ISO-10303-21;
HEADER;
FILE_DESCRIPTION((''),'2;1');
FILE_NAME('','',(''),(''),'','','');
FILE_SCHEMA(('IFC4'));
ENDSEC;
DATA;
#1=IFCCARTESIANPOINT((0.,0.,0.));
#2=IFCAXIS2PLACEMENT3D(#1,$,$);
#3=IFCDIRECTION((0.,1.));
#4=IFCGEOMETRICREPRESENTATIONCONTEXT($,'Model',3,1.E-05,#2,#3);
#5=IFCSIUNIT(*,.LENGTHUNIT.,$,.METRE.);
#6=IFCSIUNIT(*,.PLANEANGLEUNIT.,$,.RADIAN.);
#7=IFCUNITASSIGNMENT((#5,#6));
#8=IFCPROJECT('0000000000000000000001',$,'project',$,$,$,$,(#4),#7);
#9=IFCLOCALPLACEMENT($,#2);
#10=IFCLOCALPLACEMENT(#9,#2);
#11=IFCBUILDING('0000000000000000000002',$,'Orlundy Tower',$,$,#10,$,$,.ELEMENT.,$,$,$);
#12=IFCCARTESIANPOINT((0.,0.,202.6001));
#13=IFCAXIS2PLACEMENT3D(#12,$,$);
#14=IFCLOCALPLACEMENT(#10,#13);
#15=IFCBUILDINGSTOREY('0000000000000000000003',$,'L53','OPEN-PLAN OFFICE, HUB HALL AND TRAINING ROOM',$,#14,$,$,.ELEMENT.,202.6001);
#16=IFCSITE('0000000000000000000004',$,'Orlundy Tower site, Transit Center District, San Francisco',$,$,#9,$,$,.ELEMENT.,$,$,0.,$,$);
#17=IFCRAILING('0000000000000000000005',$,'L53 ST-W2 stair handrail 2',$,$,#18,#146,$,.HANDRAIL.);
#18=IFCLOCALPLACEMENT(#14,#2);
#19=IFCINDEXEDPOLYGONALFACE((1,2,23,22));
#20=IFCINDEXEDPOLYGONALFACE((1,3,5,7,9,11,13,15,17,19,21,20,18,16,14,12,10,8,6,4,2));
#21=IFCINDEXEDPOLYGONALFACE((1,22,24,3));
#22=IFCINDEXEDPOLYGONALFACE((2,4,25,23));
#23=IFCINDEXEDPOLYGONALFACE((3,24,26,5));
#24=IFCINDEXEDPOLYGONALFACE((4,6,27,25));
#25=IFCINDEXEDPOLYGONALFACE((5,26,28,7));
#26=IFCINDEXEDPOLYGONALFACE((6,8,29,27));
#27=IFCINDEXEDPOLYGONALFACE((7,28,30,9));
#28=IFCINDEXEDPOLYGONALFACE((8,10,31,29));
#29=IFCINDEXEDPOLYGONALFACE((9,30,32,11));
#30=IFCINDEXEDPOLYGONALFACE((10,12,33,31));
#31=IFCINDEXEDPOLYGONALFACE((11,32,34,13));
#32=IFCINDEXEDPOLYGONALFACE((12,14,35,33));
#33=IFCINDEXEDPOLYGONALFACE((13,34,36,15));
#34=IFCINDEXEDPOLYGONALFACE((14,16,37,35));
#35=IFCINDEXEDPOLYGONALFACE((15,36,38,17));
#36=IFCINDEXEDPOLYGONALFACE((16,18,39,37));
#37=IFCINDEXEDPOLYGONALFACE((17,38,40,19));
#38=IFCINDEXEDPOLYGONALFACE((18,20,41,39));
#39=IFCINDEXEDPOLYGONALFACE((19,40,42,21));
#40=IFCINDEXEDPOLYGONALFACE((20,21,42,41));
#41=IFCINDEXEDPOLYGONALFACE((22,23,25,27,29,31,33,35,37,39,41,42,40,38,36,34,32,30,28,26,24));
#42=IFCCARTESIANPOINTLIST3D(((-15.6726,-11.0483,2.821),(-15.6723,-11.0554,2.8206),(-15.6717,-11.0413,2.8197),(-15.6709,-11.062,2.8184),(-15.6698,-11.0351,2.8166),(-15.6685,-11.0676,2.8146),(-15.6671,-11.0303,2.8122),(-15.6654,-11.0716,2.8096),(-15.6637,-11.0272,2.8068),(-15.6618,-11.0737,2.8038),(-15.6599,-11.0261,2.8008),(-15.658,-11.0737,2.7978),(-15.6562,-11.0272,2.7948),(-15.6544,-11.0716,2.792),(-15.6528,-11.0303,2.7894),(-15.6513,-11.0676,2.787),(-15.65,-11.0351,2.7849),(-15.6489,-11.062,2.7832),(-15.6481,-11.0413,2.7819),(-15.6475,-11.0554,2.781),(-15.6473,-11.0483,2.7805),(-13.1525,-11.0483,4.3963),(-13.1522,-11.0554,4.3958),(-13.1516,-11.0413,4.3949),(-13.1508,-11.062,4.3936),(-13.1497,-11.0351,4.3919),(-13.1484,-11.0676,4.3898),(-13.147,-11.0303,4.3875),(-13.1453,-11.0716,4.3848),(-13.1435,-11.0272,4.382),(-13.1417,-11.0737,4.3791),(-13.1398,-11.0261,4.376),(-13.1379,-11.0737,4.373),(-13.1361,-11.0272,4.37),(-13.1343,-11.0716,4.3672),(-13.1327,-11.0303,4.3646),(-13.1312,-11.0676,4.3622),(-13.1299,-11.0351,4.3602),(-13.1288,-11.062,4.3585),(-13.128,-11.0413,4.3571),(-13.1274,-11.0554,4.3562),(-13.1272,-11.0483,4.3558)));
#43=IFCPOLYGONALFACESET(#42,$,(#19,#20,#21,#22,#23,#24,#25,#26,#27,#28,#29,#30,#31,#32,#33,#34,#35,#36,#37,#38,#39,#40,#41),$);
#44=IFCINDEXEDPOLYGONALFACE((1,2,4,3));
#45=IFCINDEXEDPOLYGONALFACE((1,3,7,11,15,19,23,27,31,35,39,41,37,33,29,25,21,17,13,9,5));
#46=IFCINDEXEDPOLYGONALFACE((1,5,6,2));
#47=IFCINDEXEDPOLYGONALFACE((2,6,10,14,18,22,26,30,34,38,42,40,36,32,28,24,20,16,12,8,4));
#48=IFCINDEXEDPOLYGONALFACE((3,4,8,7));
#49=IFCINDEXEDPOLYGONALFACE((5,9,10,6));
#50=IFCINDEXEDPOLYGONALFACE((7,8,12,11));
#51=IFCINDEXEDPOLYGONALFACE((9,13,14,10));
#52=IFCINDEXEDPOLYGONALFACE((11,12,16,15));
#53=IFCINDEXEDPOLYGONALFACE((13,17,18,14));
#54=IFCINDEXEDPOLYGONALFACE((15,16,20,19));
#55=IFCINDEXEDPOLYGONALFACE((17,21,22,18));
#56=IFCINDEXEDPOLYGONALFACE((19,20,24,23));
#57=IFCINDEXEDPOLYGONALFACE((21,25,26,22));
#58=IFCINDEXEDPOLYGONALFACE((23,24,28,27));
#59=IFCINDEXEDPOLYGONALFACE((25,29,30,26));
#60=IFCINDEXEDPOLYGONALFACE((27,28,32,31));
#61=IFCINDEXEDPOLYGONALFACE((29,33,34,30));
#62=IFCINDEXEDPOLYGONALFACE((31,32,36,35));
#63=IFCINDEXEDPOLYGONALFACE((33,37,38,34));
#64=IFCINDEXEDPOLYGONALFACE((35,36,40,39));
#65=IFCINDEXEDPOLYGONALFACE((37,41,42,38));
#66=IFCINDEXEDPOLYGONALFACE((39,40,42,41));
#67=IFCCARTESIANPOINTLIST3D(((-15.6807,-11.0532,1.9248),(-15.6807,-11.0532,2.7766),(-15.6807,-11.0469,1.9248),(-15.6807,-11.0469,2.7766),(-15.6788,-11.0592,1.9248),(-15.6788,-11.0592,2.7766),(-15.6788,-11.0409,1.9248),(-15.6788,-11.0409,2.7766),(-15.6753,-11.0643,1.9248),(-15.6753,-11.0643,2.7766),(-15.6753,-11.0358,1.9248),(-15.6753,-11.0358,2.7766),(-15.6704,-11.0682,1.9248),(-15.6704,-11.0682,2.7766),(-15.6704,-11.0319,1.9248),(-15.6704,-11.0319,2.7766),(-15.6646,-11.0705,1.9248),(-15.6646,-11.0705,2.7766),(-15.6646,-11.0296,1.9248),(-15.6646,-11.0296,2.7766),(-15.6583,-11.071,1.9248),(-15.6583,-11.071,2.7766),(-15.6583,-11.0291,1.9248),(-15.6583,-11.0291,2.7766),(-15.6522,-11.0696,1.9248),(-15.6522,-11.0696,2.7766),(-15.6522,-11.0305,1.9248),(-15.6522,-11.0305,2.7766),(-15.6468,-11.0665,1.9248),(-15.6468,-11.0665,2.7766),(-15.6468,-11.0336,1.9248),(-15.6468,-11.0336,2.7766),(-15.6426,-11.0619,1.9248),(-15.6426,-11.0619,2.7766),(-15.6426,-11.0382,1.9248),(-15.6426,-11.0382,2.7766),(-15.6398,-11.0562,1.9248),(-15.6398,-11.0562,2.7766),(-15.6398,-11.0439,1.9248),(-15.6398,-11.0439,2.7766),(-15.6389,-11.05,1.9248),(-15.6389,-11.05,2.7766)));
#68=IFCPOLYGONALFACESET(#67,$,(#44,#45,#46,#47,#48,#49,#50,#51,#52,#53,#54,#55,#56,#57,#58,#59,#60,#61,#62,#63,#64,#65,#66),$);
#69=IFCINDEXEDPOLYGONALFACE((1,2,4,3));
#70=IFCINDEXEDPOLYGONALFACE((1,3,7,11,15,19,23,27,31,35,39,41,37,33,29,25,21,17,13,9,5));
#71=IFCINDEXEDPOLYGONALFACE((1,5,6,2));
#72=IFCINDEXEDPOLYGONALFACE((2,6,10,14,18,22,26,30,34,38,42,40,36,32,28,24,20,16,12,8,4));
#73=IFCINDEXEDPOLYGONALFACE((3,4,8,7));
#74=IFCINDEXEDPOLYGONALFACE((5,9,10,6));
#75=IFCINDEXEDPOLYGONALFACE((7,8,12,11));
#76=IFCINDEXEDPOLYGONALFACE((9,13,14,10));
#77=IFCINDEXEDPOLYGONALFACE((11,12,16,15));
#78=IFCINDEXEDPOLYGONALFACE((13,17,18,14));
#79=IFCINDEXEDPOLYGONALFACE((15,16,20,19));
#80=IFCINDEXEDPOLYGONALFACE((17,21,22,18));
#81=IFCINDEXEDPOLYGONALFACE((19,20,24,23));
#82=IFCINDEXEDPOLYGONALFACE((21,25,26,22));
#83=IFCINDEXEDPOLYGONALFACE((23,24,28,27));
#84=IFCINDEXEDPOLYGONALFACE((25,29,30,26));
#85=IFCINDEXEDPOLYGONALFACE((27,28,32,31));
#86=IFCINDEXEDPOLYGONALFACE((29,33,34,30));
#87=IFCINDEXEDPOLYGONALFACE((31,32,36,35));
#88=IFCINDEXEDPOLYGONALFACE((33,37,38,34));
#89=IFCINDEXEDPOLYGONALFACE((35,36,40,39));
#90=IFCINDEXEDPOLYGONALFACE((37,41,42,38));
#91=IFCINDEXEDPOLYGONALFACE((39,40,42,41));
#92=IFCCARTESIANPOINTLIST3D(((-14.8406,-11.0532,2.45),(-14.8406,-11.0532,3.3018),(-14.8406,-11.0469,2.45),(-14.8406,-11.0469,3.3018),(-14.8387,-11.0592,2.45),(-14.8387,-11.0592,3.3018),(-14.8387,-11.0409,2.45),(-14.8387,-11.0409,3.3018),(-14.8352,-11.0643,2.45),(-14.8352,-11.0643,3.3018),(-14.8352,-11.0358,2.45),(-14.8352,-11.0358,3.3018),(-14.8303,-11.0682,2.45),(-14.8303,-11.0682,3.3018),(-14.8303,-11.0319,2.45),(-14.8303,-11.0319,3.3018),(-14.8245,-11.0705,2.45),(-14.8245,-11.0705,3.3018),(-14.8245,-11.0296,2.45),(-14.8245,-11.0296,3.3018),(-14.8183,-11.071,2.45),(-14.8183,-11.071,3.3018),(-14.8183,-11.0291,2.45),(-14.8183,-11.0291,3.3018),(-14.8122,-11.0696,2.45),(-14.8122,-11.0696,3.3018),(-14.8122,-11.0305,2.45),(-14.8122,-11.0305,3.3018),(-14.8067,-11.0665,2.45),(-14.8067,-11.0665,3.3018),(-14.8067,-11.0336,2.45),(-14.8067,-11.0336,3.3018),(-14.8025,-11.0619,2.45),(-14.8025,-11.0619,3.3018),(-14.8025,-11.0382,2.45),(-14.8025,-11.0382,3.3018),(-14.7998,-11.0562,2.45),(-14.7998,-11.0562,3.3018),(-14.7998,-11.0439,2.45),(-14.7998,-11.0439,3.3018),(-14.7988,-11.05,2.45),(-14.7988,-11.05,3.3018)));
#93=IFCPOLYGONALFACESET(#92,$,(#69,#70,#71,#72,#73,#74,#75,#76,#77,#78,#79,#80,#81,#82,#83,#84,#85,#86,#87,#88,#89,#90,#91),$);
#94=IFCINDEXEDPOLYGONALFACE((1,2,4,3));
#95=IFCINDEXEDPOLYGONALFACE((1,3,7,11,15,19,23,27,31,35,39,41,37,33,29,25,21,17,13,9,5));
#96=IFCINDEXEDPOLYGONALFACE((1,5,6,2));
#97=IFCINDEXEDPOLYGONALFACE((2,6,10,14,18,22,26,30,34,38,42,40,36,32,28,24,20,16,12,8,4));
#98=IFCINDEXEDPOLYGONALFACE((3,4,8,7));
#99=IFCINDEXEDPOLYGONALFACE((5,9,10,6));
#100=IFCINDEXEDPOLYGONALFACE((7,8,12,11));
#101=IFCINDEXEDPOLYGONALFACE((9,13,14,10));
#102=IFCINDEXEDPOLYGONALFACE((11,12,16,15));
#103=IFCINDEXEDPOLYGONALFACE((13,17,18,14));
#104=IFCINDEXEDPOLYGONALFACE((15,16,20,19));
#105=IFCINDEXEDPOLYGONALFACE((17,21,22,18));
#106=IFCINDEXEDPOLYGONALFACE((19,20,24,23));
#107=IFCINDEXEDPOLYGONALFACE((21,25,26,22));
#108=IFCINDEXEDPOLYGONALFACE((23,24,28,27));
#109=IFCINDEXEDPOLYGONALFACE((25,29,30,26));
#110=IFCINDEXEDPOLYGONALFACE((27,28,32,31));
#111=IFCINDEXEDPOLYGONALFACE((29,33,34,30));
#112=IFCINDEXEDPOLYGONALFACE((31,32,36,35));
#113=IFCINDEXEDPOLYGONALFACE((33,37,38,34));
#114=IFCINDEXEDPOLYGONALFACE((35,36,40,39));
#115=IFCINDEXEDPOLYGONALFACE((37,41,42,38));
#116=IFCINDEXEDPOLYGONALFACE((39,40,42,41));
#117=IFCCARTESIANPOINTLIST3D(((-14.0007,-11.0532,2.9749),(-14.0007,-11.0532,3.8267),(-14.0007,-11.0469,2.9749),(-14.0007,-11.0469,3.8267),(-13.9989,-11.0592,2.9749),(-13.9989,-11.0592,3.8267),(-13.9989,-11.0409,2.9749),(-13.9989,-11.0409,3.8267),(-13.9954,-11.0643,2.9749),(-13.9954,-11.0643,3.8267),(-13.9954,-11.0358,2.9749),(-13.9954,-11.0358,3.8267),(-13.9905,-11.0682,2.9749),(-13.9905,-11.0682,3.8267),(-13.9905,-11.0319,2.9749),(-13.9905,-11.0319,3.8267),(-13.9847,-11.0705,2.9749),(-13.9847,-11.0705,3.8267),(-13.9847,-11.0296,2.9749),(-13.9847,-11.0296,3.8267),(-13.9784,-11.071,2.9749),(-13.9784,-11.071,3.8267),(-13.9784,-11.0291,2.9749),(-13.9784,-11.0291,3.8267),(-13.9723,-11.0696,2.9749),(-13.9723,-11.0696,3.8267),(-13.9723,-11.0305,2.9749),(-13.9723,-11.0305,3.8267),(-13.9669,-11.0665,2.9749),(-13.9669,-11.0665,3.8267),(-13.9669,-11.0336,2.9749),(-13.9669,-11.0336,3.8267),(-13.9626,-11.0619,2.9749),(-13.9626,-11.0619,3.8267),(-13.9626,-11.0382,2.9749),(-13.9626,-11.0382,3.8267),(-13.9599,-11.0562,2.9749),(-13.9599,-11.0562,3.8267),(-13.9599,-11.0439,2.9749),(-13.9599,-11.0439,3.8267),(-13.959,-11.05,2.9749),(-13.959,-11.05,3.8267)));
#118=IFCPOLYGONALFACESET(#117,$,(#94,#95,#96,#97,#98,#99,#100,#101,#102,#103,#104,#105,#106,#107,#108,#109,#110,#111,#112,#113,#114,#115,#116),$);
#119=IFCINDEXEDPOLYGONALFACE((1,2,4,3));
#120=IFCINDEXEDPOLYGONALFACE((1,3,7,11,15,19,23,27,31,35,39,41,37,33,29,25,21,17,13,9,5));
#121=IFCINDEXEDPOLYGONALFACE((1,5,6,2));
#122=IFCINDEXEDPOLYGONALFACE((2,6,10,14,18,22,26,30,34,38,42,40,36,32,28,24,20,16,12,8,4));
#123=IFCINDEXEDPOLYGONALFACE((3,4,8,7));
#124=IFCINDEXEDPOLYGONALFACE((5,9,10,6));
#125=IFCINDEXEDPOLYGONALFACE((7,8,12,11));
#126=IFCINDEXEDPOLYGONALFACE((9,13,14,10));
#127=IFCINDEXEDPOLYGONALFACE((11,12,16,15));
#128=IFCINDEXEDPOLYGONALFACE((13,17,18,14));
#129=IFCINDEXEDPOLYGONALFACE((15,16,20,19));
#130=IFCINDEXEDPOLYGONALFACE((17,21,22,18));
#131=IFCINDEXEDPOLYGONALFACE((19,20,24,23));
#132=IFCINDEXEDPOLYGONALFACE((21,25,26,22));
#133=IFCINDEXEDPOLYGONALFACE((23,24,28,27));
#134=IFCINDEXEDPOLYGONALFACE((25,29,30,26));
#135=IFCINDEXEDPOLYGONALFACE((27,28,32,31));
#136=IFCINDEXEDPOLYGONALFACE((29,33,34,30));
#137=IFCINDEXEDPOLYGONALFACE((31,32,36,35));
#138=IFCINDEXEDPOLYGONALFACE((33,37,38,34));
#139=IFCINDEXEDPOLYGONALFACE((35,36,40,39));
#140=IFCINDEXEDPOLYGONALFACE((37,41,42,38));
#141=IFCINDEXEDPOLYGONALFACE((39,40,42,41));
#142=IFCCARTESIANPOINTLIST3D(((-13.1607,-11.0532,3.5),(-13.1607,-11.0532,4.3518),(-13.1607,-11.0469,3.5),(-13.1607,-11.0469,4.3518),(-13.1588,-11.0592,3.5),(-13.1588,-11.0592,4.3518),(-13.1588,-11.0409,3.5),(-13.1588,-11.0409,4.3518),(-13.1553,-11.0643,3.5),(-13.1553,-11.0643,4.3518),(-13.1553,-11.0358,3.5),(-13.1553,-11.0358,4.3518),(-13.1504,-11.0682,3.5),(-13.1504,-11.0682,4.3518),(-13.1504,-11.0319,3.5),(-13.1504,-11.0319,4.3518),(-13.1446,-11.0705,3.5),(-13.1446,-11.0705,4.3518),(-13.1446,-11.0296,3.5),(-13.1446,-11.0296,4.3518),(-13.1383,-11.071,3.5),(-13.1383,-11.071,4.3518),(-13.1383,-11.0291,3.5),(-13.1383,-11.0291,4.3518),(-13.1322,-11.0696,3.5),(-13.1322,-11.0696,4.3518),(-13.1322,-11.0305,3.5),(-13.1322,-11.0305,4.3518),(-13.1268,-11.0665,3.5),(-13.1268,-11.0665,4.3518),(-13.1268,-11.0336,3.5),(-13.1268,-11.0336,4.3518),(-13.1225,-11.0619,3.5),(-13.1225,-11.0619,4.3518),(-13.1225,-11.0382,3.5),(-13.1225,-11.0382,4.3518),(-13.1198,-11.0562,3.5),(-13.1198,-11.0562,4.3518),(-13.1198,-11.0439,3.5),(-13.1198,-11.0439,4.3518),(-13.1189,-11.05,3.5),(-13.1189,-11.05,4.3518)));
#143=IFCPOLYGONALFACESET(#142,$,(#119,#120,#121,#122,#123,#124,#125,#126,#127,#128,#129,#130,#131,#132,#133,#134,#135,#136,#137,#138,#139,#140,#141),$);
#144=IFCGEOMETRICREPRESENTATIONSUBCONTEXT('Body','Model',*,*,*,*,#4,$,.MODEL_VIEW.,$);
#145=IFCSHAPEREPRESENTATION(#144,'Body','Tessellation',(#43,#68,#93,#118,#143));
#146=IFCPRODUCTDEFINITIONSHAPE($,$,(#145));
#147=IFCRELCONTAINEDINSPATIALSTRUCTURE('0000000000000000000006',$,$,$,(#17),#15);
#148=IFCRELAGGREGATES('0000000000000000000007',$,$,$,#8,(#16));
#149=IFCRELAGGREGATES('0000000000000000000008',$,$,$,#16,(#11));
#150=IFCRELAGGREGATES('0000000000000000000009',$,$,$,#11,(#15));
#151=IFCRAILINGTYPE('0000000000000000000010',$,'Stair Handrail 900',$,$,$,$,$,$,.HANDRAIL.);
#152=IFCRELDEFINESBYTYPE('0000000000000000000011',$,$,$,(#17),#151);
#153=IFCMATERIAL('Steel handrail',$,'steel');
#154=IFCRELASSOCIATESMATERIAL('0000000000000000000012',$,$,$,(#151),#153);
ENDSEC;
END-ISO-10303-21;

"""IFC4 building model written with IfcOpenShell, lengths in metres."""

from ifc_helpers import new_model, si_unit, direction, frame, origin, origin_2d, place, context, subcontext, project, spatial, circle, extrude, material, type_object, element, save


model = new_model("IFC4")

# Units and contexts
model_context = context("Model", 3, precision=1e-05, world=origin(), true_north=direction((0.0, 1.0)))
body_context = subcontext(model_context, "Body", "Model", "MODEL_VIEW")
ifc_project = project(units=[si_unit("LENGTHUNIT", "METRE"), si_unit("PLANEANGLEUNIT", "RADIAN")], contexts=[model_context])

# Site, building, storey
site_placement = place(None, origin())
site = spatial("IfcSite", under=ifc_project, at=site_placement, Name="Orlundy Tower site, Transit Center District, San Francisco", CompositionType="ELEMENT", RefElevation=0.0)
building_placement = place(site_placement, origin())
building = spatial("IfcBuilding", under=site, at=building_placement, Name="Orlundy Tower", CompositionType="ELEMENT")
storey_placement = place(building_placement, frame((0.0, 0.0, 202.6001)))
storey = spatial("IfcBuildingStorey", under=building, at=storey_placement, Name="L53", Description="OPEN-PLAN OFFICE, HUB HALL AND TRAINING ROOM", CompositionType="ELEMENT", Elevation=202.6001)

# Railing
ifc_material_1 = material(Name="Steel handrail", Category="steel")
railing_type = type_object("IfcRailingType", Name="Stair Handrail 900", PredefinedType="HANDRAIL", material=ifc_material_1)
railing_placement = place(storey_placement, frame((-15.6599, -11.05, 1.9248)))
element("IfcRailing", 1, at=railing_placement, inside=storey, type_object=railing_type, Name="L53 ST-W2 stair handrail 2", PredefinedType="HANDRAIL", context=body_context, shape_type="SweptSolid", body=[
    extrude(circle(Radius=0.0239, at=origin_2d()), frame((0.0, 0.0, 0.876), z_axis=(0.847971, 0.0, 0.530043), x_axis=(0.0, 1.0, 0.0)), (0.0, 0.0, 1.0), 2.9719),
    extrude(circle(Radius=0.021, at=origin_2d()), origin(), (0.0, 0.0, 1.0), 0.8518),
    extrude(circle(Radius=0.021, at=origin_2d()), frame((0.8401, 0.0, 0.5251)), (0.0, 0.0, 1.0), 0.8518),
    extrude(circle(Radius=0.021, at=origin_2d()), frame((1.6799, 0.0, 1.05)), (0.0, 0.0, 1.0), 0.8518),
    extrude(circle(Radius=0.021, at=origin_2d()), frame((2.52, 0.0, 1.5752)), (0.0, 0.0, 1.0), 0.8518),
])

save(model, "model.ifc")
